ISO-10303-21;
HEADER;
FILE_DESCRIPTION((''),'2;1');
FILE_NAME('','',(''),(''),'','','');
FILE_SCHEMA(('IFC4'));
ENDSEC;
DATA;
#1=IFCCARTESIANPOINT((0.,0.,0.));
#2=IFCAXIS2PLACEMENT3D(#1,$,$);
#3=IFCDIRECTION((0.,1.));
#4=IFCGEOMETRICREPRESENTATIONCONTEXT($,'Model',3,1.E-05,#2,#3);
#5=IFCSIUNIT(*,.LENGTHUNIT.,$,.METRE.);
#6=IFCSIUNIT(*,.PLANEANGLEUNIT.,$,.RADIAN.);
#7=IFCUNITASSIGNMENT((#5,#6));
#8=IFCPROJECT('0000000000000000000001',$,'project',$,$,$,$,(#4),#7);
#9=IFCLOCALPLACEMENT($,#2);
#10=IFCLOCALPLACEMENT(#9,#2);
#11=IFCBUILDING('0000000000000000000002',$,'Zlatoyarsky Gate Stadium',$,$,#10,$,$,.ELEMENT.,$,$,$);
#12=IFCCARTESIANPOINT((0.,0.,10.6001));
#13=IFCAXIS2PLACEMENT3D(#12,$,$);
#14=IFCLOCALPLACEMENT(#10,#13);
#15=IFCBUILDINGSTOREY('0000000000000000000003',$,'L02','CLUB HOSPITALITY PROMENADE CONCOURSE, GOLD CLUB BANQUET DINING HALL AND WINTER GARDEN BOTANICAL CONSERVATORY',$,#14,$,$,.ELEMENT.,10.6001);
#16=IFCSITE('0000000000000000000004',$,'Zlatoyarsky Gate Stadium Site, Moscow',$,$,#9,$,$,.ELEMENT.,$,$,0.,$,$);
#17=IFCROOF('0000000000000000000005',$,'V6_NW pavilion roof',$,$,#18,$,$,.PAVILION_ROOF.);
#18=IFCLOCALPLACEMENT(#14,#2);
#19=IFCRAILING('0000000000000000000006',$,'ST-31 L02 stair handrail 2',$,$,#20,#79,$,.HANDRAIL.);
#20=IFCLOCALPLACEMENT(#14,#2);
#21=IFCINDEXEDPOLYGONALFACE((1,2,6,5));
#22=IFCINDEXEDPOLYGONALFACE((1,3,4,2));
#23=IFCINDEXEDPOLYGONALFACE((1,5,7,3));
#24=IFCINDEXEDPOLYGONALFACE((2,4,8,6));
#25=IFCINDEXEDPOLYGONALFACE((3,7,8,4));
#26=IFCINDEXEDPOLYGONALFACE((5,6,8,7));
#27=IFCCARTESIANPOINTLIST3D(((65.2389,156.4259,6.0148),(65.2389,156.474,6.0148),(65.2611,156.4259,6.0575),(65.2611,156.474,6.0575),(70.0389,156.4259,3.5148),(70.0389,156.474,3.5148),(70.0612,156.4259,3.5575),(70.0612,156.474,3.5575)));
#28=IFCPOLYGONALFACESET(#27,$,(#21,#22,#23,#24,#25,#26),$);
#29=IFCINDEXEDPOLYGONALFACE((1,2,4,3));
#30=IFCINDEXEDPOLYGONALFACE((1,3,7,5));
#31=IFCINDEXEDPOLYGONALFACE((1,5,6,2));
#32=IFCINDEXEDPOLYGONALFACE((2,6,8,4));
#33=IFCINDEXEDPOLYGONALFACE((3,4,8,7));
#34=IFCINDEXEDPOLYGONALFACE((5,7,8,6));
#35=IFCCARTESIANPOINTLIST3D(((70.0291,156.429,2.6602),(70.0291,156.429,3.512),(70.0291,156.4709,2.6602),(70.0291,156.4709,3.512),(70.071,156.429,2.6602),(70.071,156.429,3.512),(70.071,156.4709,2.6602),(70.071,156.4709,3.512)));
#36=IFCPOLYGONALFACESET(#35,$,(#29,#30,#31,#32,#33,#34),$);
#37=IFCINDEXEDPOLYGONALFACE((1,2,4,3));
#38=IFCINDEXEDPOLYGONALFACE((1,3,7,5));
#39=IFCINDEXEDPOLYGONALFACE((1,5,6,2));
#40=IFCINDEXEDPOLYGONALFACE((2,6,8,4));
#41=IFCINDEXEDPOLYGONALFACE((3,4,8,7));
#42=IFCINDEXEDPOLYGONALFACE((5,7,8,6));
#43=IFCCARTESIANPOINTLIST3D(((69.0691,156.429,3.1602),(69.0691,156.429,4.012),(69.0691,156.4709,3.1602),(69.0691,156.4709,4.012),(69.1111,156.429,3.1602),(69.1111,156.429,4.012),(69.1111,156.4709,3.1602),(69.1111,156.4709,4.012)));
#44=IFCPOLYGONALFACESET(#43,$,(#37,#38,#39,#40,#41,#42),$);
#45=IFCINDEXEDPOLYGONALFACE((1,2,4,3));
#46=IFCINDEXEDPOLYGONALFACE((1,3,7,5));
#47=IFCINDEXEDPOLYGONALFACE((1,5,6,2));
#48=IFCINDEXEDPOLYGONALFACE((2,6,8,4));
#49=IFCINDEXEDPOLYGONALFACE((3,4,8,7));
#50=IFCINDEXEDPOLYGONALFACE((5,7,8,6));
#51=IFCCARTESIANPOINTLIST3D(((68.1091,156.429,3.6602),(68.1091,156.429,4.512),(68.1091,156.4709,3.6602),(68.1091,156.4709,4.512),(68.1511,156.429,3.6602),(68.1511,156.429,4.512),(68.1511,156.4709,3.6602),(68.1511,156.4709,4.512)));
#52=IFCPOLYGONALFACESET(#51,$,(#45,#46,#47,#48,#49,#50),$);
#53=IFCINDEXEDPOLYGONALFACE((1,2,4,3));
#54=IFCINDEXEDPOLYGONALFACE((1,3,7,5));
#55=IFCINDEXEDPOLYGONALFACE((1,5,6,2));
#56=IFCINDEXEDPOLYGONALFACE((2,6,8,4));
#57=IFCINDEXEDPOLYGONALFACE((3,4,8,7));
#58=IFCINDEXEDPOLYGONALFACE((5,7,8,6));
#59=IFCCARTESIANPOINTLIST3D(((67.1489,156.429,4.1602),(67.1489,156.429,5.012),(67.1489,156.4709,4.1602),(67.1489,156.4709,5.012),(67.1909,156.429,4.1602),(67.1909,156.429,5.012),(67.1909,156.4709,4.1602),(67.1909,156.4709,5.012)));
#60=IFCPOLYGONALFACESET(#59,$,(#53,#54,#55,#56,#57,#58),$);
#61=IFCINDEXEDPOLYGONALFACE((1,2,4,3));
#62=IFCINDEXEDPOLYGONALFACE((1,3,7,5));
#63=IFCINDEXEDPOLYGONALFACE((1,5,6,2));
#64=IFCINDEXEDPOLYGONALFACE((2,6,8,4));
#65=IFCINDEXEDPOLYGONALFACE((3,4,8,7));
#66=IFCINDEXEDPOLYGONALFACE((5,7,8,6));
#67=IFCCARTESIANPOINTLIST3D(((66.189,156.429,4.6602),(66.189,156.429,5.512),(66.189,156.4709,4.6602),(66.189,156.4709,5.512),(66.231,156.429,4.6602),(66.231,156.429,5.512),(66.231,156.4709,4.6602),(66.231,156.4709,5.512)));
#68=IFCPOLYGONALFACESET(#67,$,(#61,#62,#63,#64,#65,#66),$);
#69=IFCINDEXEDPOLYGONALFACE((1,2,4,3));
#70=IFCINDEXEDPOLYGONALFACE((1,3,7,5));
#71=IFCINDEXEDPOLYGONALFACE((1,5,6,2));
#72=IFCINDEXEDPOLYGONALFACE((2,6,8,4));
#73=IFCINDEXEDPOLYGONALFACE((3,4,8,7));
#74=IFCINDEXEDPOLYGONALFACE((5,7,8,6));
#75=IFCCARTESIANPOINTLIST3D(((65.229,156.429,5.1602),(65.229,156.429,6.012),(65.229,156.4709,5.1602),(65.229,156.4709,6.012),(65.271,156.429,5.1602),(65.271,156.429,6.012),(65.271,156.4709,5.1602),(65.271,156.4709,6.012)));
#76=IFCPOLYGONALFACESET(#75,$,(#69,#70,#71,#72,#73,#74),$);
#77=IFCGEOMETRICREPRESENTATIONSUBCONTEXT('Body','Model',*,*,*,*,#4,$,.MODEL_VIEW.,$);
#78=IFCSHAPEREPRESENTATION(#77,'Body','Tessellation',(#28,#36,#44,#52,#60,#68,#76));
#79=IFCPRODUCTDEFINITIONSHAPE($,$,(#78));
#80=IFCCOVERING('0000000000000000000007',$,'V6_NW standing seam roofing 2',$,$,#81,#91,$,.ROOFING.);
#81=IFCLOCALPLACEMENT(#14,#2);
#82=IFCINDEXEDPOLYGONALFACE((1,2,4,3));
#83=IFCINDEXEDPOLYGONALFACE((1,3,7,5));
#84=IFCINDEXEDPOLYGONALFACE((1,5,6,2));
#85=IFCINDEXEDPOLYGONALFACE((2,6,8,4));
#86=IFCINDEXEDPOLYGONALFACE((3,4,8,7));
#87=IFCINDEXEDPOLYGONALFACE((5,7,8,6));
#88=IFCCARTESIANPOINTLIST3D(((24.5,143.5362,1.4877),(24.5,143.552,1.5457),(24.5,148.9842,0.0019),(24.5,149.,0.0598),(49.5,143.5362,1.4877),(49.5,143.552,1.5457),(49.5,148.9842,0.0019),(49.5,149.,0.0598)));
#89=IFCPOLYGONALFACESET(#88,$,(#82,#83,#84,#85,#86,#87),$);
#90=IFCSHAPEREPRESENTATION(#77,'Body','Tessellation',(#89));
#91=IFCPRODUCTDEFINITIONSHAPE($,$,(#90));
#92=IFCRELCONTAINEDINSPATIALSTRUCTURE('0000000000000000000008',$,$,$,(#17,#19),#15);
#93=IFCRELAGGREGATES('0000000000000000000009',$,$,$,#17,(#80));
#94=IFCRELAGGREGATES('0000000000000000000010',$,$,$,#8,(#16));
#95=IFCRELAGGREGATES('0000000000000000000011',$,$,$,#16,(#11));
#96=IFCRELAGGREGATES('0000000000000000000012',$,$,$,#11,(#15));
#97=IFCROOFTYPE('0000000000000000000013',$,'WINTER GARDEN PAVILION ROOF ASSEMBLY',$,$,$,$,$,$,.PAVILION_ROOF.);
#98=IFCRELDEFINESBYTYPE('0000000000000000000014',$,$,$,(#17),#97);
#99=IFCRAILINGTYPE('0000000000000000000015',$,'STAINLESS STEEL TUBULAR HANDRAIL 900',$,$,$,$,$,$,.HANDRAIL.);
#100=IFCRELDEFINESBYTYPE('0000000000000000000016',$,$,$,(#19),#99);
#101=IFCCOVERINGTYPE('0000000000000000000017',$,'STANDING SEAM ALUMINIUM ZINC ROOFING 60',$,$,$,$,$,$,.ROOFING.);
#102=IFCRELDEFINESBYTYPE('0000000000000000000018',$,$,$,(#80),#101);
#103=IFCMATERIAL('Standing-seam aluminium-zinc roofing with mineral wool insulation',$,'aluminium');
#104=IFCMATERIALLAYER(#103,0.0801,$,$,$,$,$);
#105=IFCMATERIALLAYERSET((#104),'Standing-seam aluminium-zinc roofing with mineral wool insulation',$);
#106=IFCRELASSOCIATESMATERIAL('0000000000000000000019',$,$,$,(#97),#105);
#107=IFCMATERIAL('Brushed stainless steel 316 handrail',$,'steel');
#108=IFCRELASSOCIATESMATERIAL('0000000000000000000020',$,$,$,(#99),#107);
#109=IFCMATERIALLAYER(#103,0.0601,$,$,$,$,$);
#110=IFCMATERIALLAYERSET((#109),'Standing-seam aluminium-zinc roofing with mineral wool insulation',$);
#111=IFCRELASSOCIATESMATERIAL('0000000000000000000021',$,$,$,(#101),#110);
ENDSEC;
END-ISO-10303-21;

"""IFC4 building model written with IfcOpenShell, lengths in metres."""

from ifc_helpers import new_model, si_unit, direction, frame, origin, origin_2d, place, context, subcontext, project, spatial, polyline, rectangle, outline, extrude, material, layer, layer_set, type_object, element, aggregate, save


model = new_model("IFC4")

# Units and contexts
model_context = context("Model", 3, precision=1e-05, world=origin(), true_north=direction((0.0, 1.0)))
body_context = subcontext(model_context, "Body", "Model", "MODEL_VIEW")
ifc_project = project(units=[si_unit("LENGTHUNIT", "METRE"), si_unit("PLANEANGLEUNIT", "RADIAN")], contexts=[model_context])

# Site, building, storey
site_placement = place(None, origin())
site = spatial("IfcSite", under=ifc_project, at=site_placement, Name="Zlatoyarsky Gate Stadium Site, Moscow", CompositionType="ELEMENT", RefElevation=0.0)
building_placement = place(site_placement, origin())
building = spatial("IfcBuilding", under=site, at=building_placement, Name="Zlatoyarsky Gate Stadium", CompositionType="ELEMENT")
storey_placement = place(building_placement, frame((0.0, 0.0, 10.6001)))
storey = spatial("IfcBuildingStorey", under=building, at=storey_placement, Name="L02", Description="CLUB HOSPITALITY PROMENADE CONCOURSE, GOLD CLUB BANQUET DINING HALL AND WINTER GARDEN BOTANICAL CONSERVATORY", CompositionType="ELEMENT", Elevation=10.6001)

# Roof
ifc_material_1 = material(Name="Standing-seam aluminium-zinc roofing with mineral wool insulation", Category="aluminium")
ifc_layer_1 = layer(ifc_material_1, 0.0801)
ifc_layer_set_1 = layer_set([ifc_layer_1], Name="Standing-seam aluminium-zinc roofing with mineral wool insulation")
roof_type = type_object("IfcRoofType", Name="WINTER GARDEN PAVILION ROOF ASSEMBLY", PredefinedType="PAVILION_ROOF", material=ifc_layer_set_1)
roof_placement = place(storey_placement, origin())
roof = element("IfcRoof", 1, at=roof_placement, inside=storey, type_object=roof_type, Name="V6_NW pavilion roof", PredefinedType="PAVILION_ROOF")

# Railing
ifc_material_2 = material(Name="Brushed stainless steel 316 handrail", Category="steel")
railing_type_1 = type_object("IfcRailingType", Name="STAINLESS STEEL TUBULAR HANDRAIL 900", PredefinedType="HANDRAIL", material=ifc_material_2)
railing_1_placement = place(storey_placement, frame((70.05, 156.45, 2.6602)))
element("IfcRailing", 2, at=railing_1_placement, inside=storey, type_object=railing_type_1, Name="ST-31 L02 stair handrail 2", PredefinedType="HANDRAIL", context=body_context, shape_type="SweptSolid", body=[
    extrude(rectangle(XDim=0.0481, YDim=0.0481, at=origin_2d()), frame((0.0, 0.0, 0.876), z_axis=(-0.886916, 0.0, 0.461931), x_axis=(0.0, -1.0, 0.0)), (0.0, 0.0, 1.0), 5.4121),
    extrude(rectangle(XDim=0.042, YDim=0.042, at=origin_2d()), origin(), (0.0, 0.0, 1.0), 0.8518),
    extrude(rectangle(XDim=0.042, YDim=0.042, at=origin_2d()), frame((-0.96, 0.0, 0.5)), (0.0, 0.0, 1.0), 0.8518),
    extrude(rectangle(XDim=0.042, YDim=0.042, at=origin_2d()), frame((-1.9199, 0.0, 1.0)), (0.0, 0.0, 1.0), 0.8518),
    extrude(rectangle(XDim=0.042, YDim=0.042, at=origin_2d()), frame((-2.8801, 0.0, 1.5)), (0.0, 0.0, 1.0), 0.8518),
    extrude(rectangle(XDim=0.042, YDim=0.042, at=origin_2d()), frame((-3.8401, 0.0, 2.0)), (0.0, 0.0, 1.0), 0.8518),
    extrude(rectangle(XDim=0.042, YDim=0.042, at=origin_2d()), frame((-4.8, 0.0, 2.5)), (0.0, 0.0, 1.0), 0.8518),
])

# Covering
ifc_layer_2 = layer(ifc_material_1, 0.0601)
ifc_layer_set_2 = layer_set([ifc_layer_2], Name="Standing-seam aluminium-zinc roofing with mineral wool insulation")
covering_type = type_object("IfcCoveringType", Name="STANDING SEAM ALUMINIUM ZINC ROOFING 60", PredefinedType="ROOFING", material=ifc_layer_set_2)
covering_placement = place(storey_placement, frame((49.5, 149.0, 0.0598), z_axis=(0.0, 0.263121, 0.964763), x_axis=(-1.0, 0.0, 0.0)))
covering = element("IfcCovering", 3, at=covering_placement, type_object=covering_type, Name="V6_NW standing seam roofing 2", PredefinedType="ROOFING", context=body_context, shape_type="SweptSolid", body=[
    extrude(outline(polyline([(0.0, 0.0), (25.0, 0.0), (25.0, 5.647), (0.0, 5.647), (0.0, 0.0)])), origin(), (0.0, 0.0, -1.0), 0.0601),
])
aggregate(roof, [covering])

save(model, "model.ifc")
